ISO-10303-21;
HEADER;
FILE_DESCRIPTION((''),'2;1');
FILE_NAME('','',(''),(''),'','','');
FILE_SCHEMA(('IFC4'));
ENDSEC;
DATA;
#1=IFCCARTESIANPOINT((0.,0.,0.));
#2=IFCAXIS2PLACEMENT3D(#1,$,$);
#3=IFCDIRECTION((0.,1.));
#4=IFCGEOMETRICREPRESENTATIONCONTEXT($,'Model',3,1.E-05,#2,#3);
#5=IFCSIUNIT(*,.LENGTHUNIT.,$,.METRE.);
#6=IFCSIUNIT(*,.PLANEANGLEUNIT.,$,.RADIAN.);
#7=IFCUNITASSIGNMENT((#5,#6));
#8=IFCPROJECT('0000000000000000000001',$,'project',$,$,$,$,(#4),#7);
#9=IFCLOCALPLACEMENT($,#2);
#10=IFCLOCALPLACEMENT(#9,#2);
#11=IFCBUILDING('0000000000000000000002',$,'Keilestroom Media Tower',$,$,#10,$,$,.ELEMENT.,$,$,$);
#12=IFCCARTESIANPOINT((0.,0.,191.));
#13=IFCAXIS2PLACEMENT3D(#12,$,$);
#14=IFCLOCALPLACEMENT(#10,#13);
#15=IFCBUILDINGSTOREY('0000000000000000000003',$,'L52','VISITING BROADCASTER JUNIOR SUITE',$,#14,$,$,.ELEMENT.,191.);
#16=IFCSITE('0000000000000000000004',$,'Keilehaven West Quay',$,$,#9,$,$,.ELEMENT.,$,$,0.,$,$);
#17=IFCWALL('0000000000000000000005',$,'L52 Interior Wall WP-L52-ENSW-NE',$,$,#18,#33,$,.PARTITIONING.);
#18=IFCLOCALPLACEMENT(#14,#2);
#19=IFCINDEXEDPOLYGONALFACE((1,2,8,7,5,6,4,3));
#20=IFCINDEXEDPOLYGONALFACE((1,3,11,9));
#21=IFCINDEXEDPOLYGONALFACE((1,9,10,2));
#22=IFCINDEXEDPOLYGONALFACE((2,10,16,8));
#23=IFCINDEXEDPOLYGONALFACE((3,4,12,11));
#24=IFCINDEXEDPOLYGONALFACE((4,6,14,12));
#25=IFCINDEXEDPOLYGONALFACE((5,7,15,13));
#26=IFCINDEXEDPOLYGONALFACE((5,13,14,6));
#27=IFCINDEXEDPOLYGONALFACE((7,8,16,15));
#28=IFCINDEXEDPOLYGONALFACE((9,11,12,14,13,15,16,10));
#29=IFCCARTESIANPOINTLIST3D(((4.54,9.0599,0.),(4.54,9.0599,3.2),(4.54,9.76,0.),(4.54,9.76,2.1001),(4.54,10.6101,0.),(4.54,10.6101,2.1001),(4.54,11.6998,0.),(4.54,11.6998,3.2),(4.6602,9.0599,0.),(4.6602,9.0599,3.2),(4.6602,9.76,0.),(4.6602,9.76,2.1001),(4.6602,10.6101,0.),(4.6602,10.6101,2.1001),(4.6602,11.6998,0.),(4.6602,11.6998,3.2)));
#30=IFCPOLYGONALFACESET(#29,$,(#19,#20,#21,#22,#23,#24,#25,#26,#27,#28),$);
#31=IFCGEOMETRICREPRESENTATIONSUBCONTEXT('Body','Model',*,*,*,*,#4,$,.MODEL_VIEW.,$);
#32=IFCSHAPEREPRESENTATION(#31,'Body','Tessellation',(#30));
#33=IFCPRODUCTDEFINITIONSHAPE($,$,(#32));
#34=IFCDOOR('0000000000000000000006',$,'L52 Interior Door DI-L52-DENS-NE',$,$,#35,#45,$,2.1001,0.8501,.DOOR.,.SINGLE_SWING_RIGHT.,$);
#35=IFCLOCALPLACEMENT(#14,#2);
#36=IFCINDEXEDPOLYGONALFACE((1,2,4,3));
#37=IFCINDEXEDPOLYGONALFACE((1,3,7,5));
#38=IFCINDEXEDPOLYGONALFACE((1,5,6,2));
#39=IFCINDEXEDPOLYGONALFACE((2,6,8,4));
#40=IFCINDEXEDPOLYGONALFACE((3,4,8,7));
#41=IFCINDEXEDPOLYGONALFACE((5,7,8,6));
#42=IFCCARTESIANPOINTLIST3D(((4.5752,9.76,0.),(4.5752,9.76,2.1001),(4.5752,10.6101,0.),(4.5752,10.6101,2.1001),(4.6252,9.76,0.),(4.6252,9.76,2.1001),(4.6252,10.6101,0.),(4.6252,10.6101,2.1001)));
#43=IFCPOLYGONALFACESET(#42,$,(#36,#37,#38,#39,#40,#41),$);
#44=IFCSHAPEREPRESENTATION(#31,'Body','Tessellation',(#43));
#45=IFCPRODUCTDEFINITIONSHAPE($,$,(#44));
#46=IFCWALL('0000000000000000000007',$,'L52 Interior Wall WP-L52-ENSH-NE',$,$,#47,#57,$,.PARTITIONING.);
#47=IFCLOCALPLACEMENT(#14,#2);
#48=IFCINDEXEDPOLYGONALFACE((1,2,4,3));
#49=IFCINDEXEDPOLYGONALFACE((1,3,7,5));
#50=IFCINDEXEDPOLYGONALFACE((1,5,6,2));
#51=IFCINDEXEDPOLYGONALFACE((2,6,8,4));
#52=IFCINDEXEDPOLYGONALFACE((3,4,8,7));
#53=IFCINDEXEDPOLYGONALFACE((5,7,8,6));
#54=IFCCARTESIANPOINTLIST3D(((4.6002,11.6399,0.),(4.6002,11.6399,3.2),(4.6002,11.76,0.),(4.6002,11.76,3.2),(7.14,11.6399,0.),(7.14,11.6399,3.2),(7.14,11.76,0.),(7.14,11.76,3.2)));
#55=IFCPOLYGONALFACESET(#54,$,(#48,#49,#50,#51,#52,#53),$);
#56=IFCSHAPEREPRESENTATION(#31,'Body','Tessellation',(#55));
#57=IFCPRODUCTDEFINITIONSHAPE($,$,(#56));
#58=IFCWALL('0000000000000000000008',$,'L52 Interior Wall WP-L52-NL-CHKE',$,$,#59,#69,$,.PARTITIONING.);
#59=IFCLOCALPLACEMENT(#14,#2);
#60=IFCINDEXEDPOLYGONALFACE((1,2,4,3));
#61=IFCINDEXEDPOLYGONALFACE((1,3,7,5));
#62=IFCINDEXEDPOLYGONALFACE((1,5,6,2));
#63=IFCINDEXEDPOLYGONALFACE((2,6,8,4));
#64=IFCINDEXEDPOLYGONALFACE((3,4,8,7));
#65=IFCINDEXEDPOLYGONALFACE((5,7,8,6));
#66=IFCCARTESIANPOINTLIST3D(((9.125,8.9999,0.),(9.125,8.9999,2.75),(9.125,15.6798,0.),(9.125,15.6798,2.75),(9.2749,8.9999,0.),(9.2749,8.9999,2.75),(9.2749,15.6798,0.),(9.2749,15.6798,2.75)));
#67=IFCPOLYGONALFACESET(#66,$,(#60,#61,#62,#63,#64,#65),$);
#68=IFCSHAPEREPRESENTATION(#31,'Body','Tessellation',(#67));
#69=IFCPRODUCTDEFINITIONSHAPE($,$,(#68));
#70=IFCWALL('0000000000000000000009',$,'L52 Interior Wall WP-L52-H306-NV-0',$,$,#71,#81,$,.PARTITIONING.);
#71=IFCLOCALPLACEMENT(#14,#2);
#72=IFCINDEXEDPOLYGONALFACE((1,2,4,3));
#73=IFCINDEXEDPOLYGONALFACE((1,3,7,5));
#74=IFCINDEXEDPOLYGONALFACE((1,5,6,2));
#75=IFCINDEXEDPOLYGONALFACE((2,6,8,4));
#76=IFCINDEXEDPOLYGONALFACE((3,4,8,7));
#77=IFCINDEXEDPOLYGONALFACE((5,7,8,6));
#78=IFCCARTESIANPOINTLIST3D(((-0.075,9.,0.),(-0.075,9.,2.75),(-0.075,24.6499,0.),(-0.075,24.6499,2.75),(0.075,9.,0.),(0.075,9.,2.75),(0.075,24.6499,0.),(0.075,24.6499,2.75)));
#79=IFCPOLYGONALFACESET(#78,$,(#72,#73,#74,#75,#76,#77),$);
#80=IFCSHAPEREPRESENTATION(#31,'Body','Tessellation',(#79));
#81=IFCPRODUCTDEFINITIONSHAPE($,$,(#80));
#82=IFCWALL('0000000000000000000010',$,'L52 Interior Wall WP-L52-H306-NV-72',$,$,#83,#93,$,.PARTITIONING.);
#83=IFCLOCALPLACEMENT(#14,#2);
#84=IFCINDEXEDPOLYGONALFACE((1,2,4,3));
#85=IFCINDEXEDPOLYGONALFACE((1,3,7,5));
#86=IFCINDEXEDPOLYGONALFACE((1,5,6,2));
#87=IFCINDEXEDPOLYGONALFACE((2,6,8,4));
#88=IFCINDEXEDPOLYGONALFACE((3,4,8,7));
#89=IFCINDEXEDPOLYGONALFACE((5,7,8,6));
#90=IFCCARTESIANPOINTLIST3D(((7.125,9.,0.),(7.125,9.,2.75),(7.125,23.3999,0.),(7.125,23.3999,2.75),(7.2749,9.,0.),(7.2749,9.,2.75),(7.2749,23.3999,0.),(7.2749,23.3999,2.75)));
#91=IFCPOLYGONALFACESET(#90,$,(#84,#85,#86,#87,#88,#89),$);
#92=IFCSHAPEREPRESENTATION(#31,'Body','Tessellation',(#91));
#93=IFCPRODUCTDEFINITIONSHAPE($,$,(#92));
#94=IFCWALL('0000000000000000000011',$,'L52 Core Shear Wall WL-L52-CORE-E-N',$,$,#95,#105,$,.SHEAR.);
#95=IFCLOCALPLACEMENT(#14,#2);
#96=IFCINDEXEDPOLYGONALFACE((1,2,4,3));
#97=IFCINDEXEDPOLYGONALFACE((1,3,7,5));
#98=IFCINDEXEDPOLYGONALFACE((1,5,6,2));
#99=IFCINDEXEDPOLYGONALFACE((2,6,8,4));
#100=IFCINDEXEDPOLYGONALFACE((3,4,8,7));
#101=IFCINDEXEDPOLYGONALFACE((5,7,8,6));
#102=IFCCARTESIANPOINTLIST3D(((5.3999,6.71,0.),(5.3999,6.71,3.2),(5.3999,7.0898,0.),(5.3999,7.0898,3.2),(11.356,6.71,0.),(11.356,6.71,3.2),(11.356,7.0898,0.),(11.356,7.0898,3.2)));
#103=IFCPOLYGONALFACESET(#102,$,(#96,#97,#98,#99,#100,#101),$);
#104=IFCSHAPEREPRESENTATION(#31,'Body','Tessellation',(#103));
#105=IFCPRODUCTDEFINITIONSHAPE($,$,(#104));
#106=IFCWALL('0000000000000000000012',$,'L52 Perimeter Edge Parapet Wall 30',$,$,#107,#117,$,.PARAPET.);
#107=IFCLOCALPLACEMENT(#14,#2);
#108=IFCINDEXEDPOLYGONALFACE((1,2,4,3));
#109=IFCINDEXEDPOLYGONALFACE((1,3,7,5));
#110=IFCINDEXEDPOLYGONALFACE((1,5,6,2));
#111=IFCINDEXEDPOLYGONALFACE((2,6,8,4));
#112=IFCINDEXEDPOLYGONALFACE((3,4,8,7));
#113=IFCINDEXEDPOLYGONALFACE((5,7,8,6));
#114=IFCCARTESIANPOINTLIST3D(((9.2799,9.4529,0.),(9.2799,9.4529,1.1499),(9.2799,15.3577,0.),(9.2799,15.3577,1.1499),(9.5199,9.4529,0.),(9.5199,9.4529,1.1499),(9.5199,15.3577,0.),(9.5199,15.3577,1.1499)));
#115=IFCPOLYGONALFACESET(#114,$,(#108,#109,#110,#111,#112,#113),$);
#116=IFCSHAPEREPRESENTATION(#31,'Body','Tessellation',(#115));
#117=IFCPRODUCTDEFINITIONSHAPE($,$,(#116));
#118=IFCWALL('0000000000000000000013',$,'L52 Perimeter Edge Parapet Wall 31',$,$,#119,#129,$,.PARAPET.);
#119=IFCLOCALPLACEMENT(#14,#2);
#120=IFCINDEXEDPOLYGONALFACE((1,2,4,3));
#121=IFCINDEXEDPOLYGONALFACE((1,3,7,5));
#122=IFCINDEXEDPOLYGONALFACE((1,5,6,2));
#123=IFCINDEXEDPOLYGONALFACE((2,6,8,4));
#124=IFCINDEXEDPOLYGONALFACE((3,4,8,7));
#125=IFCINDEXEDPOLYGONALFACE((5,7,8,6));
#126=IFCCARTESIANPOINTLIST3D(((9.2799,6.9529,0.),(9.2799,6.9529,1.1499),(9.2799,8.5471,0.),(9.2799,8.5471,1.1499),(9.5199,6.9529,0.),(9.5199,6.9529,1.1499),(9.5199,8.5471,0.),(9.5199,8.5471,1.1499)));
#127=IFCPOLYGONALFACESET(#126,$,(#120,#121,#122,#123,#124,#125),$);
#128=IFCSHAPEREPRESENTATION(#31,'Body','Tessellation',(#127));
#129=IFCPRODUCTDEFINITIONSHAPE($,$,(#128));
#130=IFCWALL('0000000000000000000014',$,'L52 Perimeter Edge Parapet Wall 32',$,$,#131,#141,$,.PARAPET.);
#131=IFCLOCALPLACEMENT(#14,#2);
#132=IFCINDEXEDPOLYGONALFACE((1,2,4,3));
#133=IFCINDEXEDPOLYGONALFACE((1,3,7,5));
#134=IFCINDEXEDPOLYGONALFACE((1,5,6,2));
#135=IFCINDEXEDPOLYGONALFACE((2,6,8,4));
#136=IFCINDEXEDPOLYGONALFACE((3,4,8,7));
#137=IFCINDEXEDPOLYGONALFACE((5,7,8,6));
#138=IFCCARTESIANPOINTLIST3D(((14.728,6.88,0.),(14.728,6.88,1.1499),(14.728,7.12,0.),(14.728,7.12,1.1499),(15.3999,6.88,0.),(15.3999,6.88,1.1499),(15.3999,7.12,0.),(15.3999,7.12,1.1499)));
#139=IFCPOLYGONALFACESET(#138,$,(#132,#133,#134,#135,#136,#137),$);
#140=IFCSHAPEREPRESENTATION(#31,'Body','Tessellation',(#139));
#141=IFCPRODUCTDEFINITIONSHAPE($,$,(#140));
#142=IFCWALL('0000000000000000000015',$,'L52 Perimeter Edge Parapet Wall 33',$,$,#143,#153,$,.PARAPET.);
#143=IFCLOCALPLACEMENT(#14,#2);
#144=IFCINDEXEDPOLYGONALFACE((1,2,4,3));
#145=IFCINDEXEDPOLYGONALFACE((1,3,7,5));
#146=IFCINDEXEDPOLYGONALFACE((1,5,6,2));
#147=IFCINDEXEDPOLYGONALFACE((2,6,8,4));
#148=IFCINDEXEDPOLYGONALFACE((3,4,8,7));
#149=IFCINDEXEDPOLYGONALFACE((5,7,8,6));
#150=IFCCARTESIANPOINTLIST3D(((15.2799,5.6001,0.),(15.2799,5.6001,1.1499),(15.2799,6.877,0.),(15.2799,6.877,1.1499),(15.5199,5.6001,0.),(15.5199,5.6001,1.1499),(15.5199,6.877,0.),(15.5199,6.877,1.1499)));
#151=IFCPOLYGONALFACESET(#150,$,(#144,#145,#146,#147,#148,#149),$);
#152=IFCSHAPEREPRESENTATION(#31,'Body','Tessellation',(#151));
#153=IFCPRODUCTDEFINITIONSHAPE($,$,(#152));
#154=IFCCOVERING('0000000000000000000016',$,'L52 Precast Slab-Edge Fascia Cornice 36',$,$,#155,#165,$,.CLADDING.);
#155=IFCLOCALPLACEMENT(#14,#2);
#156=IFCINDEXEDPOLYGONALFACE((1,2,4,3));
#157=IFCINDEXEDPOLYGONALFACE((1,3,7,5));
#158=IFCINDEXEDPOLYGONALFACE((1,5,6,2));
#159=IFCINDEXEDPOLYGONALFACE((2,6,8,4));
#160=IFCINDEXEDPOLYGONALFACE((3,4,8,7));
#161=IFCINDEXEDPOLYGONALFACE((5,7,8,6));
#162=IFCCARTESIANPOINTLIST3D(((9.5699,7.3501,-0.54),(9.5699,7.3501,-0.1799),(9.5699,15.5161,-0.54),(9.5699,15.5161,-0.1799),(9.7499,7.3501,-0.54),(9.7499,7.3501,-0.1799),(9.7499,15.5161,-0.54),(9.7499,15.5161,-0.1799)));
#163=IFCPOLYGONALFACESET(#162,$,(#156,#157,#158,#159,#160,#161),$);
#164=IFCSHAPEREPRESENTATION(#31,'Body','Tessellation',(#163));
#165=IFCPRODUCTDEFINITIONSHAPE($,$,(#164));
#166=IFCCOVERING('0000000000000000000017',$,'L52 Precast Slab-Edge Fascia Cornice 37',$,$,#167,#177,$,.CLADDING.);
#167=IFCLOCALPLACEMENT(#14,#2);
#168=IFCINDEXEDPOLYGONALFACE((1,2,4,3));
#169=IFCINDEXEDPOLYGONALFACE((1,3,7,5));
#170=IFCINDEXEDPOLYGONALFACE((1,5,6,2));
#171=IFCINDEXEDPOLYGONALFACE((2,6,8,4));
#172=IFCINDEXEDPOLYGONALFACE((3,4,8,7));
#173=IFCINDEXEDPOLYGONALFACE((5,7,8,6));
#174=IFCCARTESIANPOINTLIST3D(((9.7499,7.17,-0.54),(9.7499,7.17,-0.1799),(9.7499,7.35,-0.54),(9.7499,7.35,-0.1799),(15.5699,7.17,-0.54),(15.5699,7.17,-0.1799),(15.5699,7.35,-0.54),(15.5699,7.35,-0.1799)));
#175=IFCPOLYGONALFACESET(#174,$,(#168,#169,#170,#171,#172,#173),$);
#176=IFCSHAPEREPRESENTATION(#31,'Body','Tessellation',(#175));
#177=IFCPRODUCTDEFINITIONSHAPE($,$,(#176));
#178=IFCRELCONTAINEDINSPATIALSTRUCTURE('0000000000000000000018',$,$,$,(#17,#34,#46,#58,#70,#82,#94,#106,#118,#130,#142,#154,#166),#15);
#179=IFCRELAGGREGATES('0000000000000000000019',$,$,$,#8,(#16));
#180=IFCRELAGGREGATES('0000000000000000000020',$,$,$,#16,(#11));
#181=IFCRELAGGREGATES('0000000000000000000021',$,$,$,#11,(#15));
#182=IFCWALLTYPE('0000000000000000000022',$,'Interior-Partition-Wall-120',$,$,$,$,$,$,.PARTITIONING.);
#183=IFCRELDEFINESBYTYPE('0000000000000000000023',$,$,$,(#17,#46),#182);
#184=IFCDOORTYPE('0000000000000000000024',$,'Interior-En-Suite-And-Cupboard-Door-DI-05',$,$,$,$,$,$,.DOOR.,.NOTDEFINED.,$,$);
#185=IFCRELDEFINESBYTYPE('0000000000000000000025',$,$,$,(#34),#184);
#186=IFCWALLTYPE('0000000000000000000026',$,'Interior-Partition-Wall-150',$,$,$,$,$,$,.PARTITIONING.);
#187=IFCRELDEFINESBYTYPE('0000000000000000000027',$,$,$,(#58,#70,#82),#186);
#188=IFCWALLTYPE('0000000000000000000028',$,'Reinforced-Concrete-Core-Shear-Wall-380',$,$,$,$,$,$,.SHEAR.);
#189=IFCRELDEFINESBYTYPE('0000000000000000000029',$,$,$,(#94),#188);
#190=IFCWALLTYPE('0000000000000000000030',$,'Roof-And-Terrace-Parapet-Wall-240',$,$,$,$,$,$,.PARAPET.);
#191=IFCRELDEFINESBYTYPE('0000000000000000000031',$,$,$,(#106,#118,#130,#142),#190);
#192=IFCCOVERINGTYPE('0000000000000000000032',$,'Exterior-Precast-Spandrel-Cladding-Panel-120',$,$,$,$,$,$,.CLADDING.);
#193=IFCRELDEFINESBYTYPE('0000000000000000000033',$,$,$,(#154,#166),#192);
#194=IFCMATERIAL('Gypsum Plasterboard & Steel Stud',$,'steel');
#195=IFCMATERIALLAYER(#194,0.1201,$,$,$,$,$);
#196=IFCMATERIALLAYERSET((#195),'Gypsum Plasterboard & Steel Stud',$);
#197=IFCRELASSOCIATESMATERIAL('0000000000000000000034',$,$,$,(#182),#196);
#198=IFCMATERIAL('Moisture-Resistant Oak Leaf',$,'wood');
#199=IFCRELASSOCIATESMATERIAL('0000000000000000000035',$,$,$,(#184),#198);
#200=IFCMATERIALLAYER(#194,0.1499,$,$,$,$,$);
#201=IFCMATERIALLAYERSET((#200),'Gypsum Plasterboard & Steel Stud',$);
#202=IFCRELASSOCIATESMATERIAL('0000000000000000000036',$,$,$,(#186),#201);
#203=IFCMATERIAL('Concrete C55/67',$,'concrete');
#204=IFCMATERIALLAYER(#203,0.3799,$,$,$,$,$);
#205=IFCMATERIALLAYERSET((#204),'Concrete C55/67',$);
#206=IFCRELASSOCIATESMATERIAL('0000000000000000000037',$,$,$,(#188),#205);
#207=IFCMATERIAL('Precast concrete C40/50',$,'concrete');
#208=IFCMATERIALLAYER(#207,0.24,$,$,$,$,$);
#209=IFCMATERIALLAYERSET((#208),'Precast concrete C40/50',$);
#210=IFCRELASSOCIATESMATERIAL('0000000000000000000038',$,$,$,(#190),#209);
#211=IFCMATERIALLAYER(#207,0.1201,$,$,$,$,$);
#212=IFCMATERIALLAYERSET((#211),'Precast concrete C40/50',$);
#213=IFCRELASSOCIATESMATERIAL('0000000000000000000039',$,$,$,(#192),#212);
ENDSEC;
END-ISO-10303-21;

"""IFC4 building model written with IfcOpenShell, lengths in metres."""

from ifc_helpers import new_model, si_unit, direction, frame, frame_2d, origin, origin_2d, place, context, subcontext, project, spatial, rectangle, extrude, source, transform, mapped, material, layer, layer_set, type_object, element, fill, save


model = new_model("IFC4")

# Units and contexts
model_context = context("Model", 3, precision=1e-05, world=origin(), true_north=direction((0.0, 1.0)))
body_context = subcontext(model_context, "Body", "Model", "MODEL_VIEW")
ifc_project = project(units=[si_unit("LENGTHUNIT", "METRE"), si_unit("PLANEANGLEUNIT", "RADIAN")], contexts=[model_context])

# Site, building, storey
site_placement = place(None, origin())
site = spatial("IfcSite", under=ifc_project, at=site_placement, Name="Keilehaven West Quay", CompositionType="ELEMENT", RefElevation=0.0)
building_placement = place(site_placement, origin())
building = spatial("IfcBuilding", under=site, at=building_placement, Name="Keilestroom Media Tower", CompositionType="ELEMENT")
storey_placement = place(building_placement, frame((0.0, 0.0, 191.0)))
storey = spatial("IfcBuildingStorey", under=building, at=storey_placement, Name="L52", Description="VISITING BROADCASTER JUNIOR SUITE", CompositionType="ELEMENT", Elevation=191.0)

# Shared definitions
ifc_material_1 = material(Name="Precast concrete C40/50", Category="concrete")
ifc_material_2 = material(Name="Concrete C55/67", Category="concrete")

# Wall, opening, door
ifc_material_3 = material(Name="Gypsum Plasterboard & Steel Stud", Category="steel")
ifc_layer_1 = layer(ifc_material_3, 0.1201)
ifc_layer_set_1 = layer_set([ifc_layer_1], Name="Gypsum Plasterboard & Steel Stud")
wall_type_1 = type_object("IfcWallType", Name="Interior-Partition-Wall-120", PredefinedType="PARTITIONING", material=ifc_layer_set_1)
wall_1_placement = place(storey_placement, frame((4.6001, 9.0601, 0.0), z_axis=(0.0, 0.0, 1.0), x_axis=(0.0, 1.0, 0.0)))
wall_1 = element("IfcWall", 1, at=wall_1_placement, inside=storey, type_object=wall_type_1, Name="L52 Interior Wall WP-L52-ENSW-NE", PredefinedType="PARTITIONING", context=body_context, shape_type="SweptSolid", body=[
    extrude(rectangle(XDim=2.6399, YDim=0.1201, at=frame_2d((1.3198, 0.0))), origin(), (0.0, 0.0, 1.0), 3.2),
])
opening_placement = place(wall_1_placement, frame((0.7, 0.0, 0.0)))
opening = element("IfcOpeningElement", 2, at=opening_placement, cuts=wall_1, PredefinedType="OPENING", context=body_context, shape_type="SweptSolid", body=[
    extrude(rectangle(XDim=0.8501, YDim=2.1001, at=frame_2d((0.425, 1.05))), frame((0.0, 0.0701, 0.0), z_axis=(0.0, -1.0, 0.0), x_axis=(1.0, 0.0, 0.0)), (0.0, 0.0, 1.0), 0.1401),
])
ifc_material_4 = material(Name="Moisture-Resistant Oak Leaf", Category="wood")
door_type = type_object("IfcDoorType", Name="Interior-En-Suite-And-Cupboard-Door-DI-05", OperationType="NOTDEFINED", PredefinedType="DOOR", material=ifc_material_4)
shared_shape_1 = source(origin(), body_context, "Body", "SweptSolid", [
    extrude(rectangle(XDim=0.8501, YDim=2.1001, at=frame_2d((0.425, 1.05))), frame((0.0, 0.0249, 0.0), z_axis=(0.0, -1.0, 0.0), x_axis=(1.0, 0.0, 0.0)), (0.0, 0.0, 1.0), 0.05),
])
door_placement = place(opening_placement, origin())
door = element("IfcDoor", 3, at=door_placement, inside=storey, type_object=door_type, Name="L52 Interior Door DI-L52-DENS-NE", OperationType="SINGLE_SWING_RIGHT", OverallHeight=2.1001, OverallWidth=0.8501, PredefinedType="DOOR", context=body_context, shape_type="MappedRepresentation", body=[
    mapped(shared_shape_1, transform((0.0, 0.0, 0.0), x_axis=(1.0, 0.0, 0.0), y_axis=(0.0, 1.0, 0.0), z_axis=(0.0, 0.0, 1.0), scale=1.0)),
])
fill(opening, door)

# Walls
wall_2_placement = place(storey_placement, frame((4.6001, 11.7, 0.0), z_axis=(0.0, 0.0, 1.0), x_axis=(1.0, 0.0, 0.0)))
element("IfcWall", 4, at=wall_2_placement, inside=storey, type_object=wall_type_1, Name="L52 Interior Wall WP-L52-ENSH-NE", PredefinedType="PARTITIONING", context=body_context, shape_type="SweptSolid", body=[
    extrude(rectangle(XDim=2.5398, YDim=0.1201, at=frame_2d((1.27, 0.0))), origin(), (0.0, 0.0, 1.0), 3.2),
])
ifc_layer_2 = layer(ifc_material_3, 0.1499)
ifc_layer_set_2 = layer_set([ifc_layer_2], Name="Gypsum Plasterboard & Steel Stud")
wall_type_2 = type_object("IfcWallType", Name="Interior-Partition-Wall-150", PredefinedType="PARTITIONING", material=ifc_layer_set_2)
wall_3_placement = place(storey_placement, frame((9.2, 9.0, 0.0), z_axis=(0.0, 0.0, 1.0), x_axis=(0.0, 1.0, 0.0)))
element("IfcWall", 5, at=wall_3_placement, inside=storey, type_object=wall_type_2, Name="L52 Interior Wall WP-L52-NL-CHKE", PredefinedType="PARTITIONING", context=body_context, shape_type="SweptSolid", body=[
    extrude(rectangle(XDim=6.6799, YDim=0.1499, at=frame_2d((3.3398, 0.0))), origin(), (0.0, 0.0, 1.0), 2.75),
])
wall_4_placement = place(storey_placement, frame((0.0, 9.0, 0.0), z_axis=(0.0, 0.0, 1.0), x_axis=(0.0, 1.0, 0.0)))
element("IfcWall", 6, at=wall_4_placement, inside=storey, type_object=wall_type_2, Name="L52 Interior Wall WP-L52-H306-NV-0", PredefinedType="PARTITIONING", context=body_context, shape_type="SweptSolid", body=[
    extrude(rectangle(XDim=15.6499, YDim=0.1499, at=frame_2d((7.825, 0.0))), origin(), (0.0, 0.0, 1.0), 2.75),
])
wall_5_placement = place(storey_placement, frame((7.2, 9.0, 0.0), z_axis=(0.0, 0.0, 1.0), x_axis=(0.0, 1.0, 0.0)))
element("IfcWall", 7, at=wall_5_placement, inside=storey, type_object=wall_type_2, Name="L52 Interior Wall WP-L52-H306-NV-72", PredefinedType="PARTITIONING", context=body_context, shape_type="SweptSolid", body=[
    extrude(rectangle(XDim=14.3999, YDim=0.1499, at=frame_2d((7.2, 0.0))), origin(), (0.0, 0.0, 1.0), 2.75),
])
ifc_layer_3 = layer(ifc_material_2, 0.3799)
ifc_layer_set_3 = layer_set([ifc_layer_3], Name="Concrete C55/67")
wall_type_3 = type_object("IfcWallType", Name="Reinforced-Concrete-Core-Shear-Wall-380", PredefinedType="SHEAR", material=ifc_layer_set_3)
wall_6_placement = place(storey_placement, frame((5.3999, 6.8999, 0.0), z_axis=(0.0, 0.0, 1.0), x_axis=(1.0, 0.0, 0.0)))
element("IfcWall", 8, at=wall_6_placement, inside=storey, type_object=wall_type_3, Name="L52 Core Shear Wall WL-L52-CORE-E-N", PredefinedType="SHEAR", context=body_context, shape_type="SweptSolid", body=[
    extrude(rectangle(XDim=5.9561, YDim=0.3799, at=frame_2d((2.978, 0.0))), origin(), (0.0, 0.0, 1.0), 3.2),
])
ifc_layer_4 = layer(ifc_material_1, 0.24)
ifc_layer_set_4 = layer_set([ifc_layer_4], Name="Precast concrete C40/50")
wall_type_4 = type_object("IfcWallType", Name="Roof-And-Terrace-Parapet-Wall-240", PredefinedType="PARAPET", material=ifc_layer_set_4)
wall_7_placement = place(storey_placement, frame((9.3999, 15.3577, 0.0), z_axis=(0.0, 0.0, 1.0), x_axis=(0.0, -1.0, 0.0)))
element("IfcWall", 9, at=wall_7_placement, inside=storey, type_object=wall_type_4, Name="L52 Perimeter Edge Parapet Wall 30", PredefinedType="PARAPET", context=body_context, shape_type="SweptSolid", body=[
    extrude(rectangle(XDim=5.9048, YDim=0.24, at=frame_2d((2.9524, 0.0))), origin(), (0.0, 0.0, 1.0), 1.1499),
])
wall_8_placement = place(storey_placement, frame((9.3999, 8.5471, 0.0), z_axis=(0.0, 0.0, 1.0), x_axis=(0.0, -1.0, 0.0)))
element("IfcWall", 10, at=wall_8_placement, inside=storey, type_object=wall_type_4, Name="L52 Perimeter Edge Parapet Wall 31", PredefinedType="PARAPET", context=body_context, shape_type="SweptSolid", body=[
    extrude(rectangle(XDim=1.5942, YDim=0.24, at=frame_2d((0.7971, 0.0))), origin(), (0.0, 0.0, 1.0), 1.1499),
])
wall_9_placement = place(storey_placement, frame((14.728, 7.0, 0.0), z_axis=(0.0, 0.0, 1.0), x_axis=(1.0, 0.0, 0.0)))
element("IfcWall", 11, at=wall_9_placement, inside=storey, type_object=wall_type_4, Name="L52 Perimeter Edge Parapet Wall 32", PredefinedType="PARAPET", context=body_context, shape_type="SweptSolid", body=[
    extrude(rectangle(XDim=0.6719, YDim=0.24, at=frame_2d((0.3359, 0.0))), origin(), (0.0, 0.0, 1.0), 1.1499),
])
wall_10_placement = place(storey_placement, frame((15.3999, 6.877, 0.0), z_axis=(0.0, 0.0, 1.0), x_axis=(0.0, -1.0, 0.0)))
element("IfcWall", 12, at=wall_10_placement, inside=storey, type_object=wall_type_4, Name="L52 Perimeter Edge Parapet Wall 33", PredefinedType="PARAPET", context=body_context, shape_type="SweptSolid", body=[
    extrude(rectangle(XDim=1.2769, YDim=0.24, at=frame_2d((0.6384, 0.0))), origin(), (0.0, 0.0, 1.0), 1.1499),
])

# Coverings
ifc_layer_5 = layer(ifc_material_1, 0.1201)
ifc_layer_set_5 = layer_set([ifc_layer_5], Name="Precast concrete C40/50")
covering_type = type_object("IfcCoveringType", Name="Exterior-Precast-Spandrel-Cladding-Panel-120", PredefinedType="CLADDING", material=ifc_layer_set_5)
shared_shape_2 = source(origin(), body_context, "Body", "SweptSolid", [
    extrude(rectangle(XDim=8.166, YDim=0.1799, at=origin_2d()), origin(), (0.0, 0.0, 1.0), 0.3601),
])
covering_1_placement = place(storey_placement, frame((9.6599, 11.4331, -0.54), z_axis=(0.0, 0.0, 1.0), x_axis=(0.0, -1.0, 0.0)))
element("IfcCovering", 13, at=covering_1_placement, inside=storey, type_object=covering_type, Name="L52 Precast Slab-Edge Fascia Cornice 36", PredefinedType="CLADDING", context=body_context, shape_type="MappedRepresentation", body=[
    mapped(shared_shape_2, transform((0.0, 0.0, 0.0), x_axis=(1.0, 0.0, 0.0), y_axis=(0.0, 1.0, 0.0), z_axis=(0.0, 0.0, 1.0), scale=1.0)),
])
shared_shape_3 = source(origin(), body_context, "Body", "SweptSolid", [
    extrude(rectangle(XDim=5.8201, YDim=0.1799, at=origin_2d()), origin(), (0.0, 0.0, 1.0), 0.3601),
])
covering_2_placement = place(storey_placement, frame((12.6599, 7.26, -0.54), z_axis=(0.0, 0.0, 1.0), x_axis=(1.0, 0.0, 0.0)))
element("IfcCovering", 14, at=covering_2_placement, inside=storey, type_object=covering_type, Name="L52 Precast Slab-Edge Fascia Cornice 37", PredefinedType="CLADDING", context=body_context, shape_type="MappedRepresentation", body=[
    mapped(shared_shape_3, transform((0.0, 0.0, 0.0), x_axis=(1.0, 0.0, 0.0), y_axis=(0.0, 1.0, 0.0), z_axis=(0.0, 0.0, 1.0), scale=1.0)),
])

save(model, "model.ifc")
